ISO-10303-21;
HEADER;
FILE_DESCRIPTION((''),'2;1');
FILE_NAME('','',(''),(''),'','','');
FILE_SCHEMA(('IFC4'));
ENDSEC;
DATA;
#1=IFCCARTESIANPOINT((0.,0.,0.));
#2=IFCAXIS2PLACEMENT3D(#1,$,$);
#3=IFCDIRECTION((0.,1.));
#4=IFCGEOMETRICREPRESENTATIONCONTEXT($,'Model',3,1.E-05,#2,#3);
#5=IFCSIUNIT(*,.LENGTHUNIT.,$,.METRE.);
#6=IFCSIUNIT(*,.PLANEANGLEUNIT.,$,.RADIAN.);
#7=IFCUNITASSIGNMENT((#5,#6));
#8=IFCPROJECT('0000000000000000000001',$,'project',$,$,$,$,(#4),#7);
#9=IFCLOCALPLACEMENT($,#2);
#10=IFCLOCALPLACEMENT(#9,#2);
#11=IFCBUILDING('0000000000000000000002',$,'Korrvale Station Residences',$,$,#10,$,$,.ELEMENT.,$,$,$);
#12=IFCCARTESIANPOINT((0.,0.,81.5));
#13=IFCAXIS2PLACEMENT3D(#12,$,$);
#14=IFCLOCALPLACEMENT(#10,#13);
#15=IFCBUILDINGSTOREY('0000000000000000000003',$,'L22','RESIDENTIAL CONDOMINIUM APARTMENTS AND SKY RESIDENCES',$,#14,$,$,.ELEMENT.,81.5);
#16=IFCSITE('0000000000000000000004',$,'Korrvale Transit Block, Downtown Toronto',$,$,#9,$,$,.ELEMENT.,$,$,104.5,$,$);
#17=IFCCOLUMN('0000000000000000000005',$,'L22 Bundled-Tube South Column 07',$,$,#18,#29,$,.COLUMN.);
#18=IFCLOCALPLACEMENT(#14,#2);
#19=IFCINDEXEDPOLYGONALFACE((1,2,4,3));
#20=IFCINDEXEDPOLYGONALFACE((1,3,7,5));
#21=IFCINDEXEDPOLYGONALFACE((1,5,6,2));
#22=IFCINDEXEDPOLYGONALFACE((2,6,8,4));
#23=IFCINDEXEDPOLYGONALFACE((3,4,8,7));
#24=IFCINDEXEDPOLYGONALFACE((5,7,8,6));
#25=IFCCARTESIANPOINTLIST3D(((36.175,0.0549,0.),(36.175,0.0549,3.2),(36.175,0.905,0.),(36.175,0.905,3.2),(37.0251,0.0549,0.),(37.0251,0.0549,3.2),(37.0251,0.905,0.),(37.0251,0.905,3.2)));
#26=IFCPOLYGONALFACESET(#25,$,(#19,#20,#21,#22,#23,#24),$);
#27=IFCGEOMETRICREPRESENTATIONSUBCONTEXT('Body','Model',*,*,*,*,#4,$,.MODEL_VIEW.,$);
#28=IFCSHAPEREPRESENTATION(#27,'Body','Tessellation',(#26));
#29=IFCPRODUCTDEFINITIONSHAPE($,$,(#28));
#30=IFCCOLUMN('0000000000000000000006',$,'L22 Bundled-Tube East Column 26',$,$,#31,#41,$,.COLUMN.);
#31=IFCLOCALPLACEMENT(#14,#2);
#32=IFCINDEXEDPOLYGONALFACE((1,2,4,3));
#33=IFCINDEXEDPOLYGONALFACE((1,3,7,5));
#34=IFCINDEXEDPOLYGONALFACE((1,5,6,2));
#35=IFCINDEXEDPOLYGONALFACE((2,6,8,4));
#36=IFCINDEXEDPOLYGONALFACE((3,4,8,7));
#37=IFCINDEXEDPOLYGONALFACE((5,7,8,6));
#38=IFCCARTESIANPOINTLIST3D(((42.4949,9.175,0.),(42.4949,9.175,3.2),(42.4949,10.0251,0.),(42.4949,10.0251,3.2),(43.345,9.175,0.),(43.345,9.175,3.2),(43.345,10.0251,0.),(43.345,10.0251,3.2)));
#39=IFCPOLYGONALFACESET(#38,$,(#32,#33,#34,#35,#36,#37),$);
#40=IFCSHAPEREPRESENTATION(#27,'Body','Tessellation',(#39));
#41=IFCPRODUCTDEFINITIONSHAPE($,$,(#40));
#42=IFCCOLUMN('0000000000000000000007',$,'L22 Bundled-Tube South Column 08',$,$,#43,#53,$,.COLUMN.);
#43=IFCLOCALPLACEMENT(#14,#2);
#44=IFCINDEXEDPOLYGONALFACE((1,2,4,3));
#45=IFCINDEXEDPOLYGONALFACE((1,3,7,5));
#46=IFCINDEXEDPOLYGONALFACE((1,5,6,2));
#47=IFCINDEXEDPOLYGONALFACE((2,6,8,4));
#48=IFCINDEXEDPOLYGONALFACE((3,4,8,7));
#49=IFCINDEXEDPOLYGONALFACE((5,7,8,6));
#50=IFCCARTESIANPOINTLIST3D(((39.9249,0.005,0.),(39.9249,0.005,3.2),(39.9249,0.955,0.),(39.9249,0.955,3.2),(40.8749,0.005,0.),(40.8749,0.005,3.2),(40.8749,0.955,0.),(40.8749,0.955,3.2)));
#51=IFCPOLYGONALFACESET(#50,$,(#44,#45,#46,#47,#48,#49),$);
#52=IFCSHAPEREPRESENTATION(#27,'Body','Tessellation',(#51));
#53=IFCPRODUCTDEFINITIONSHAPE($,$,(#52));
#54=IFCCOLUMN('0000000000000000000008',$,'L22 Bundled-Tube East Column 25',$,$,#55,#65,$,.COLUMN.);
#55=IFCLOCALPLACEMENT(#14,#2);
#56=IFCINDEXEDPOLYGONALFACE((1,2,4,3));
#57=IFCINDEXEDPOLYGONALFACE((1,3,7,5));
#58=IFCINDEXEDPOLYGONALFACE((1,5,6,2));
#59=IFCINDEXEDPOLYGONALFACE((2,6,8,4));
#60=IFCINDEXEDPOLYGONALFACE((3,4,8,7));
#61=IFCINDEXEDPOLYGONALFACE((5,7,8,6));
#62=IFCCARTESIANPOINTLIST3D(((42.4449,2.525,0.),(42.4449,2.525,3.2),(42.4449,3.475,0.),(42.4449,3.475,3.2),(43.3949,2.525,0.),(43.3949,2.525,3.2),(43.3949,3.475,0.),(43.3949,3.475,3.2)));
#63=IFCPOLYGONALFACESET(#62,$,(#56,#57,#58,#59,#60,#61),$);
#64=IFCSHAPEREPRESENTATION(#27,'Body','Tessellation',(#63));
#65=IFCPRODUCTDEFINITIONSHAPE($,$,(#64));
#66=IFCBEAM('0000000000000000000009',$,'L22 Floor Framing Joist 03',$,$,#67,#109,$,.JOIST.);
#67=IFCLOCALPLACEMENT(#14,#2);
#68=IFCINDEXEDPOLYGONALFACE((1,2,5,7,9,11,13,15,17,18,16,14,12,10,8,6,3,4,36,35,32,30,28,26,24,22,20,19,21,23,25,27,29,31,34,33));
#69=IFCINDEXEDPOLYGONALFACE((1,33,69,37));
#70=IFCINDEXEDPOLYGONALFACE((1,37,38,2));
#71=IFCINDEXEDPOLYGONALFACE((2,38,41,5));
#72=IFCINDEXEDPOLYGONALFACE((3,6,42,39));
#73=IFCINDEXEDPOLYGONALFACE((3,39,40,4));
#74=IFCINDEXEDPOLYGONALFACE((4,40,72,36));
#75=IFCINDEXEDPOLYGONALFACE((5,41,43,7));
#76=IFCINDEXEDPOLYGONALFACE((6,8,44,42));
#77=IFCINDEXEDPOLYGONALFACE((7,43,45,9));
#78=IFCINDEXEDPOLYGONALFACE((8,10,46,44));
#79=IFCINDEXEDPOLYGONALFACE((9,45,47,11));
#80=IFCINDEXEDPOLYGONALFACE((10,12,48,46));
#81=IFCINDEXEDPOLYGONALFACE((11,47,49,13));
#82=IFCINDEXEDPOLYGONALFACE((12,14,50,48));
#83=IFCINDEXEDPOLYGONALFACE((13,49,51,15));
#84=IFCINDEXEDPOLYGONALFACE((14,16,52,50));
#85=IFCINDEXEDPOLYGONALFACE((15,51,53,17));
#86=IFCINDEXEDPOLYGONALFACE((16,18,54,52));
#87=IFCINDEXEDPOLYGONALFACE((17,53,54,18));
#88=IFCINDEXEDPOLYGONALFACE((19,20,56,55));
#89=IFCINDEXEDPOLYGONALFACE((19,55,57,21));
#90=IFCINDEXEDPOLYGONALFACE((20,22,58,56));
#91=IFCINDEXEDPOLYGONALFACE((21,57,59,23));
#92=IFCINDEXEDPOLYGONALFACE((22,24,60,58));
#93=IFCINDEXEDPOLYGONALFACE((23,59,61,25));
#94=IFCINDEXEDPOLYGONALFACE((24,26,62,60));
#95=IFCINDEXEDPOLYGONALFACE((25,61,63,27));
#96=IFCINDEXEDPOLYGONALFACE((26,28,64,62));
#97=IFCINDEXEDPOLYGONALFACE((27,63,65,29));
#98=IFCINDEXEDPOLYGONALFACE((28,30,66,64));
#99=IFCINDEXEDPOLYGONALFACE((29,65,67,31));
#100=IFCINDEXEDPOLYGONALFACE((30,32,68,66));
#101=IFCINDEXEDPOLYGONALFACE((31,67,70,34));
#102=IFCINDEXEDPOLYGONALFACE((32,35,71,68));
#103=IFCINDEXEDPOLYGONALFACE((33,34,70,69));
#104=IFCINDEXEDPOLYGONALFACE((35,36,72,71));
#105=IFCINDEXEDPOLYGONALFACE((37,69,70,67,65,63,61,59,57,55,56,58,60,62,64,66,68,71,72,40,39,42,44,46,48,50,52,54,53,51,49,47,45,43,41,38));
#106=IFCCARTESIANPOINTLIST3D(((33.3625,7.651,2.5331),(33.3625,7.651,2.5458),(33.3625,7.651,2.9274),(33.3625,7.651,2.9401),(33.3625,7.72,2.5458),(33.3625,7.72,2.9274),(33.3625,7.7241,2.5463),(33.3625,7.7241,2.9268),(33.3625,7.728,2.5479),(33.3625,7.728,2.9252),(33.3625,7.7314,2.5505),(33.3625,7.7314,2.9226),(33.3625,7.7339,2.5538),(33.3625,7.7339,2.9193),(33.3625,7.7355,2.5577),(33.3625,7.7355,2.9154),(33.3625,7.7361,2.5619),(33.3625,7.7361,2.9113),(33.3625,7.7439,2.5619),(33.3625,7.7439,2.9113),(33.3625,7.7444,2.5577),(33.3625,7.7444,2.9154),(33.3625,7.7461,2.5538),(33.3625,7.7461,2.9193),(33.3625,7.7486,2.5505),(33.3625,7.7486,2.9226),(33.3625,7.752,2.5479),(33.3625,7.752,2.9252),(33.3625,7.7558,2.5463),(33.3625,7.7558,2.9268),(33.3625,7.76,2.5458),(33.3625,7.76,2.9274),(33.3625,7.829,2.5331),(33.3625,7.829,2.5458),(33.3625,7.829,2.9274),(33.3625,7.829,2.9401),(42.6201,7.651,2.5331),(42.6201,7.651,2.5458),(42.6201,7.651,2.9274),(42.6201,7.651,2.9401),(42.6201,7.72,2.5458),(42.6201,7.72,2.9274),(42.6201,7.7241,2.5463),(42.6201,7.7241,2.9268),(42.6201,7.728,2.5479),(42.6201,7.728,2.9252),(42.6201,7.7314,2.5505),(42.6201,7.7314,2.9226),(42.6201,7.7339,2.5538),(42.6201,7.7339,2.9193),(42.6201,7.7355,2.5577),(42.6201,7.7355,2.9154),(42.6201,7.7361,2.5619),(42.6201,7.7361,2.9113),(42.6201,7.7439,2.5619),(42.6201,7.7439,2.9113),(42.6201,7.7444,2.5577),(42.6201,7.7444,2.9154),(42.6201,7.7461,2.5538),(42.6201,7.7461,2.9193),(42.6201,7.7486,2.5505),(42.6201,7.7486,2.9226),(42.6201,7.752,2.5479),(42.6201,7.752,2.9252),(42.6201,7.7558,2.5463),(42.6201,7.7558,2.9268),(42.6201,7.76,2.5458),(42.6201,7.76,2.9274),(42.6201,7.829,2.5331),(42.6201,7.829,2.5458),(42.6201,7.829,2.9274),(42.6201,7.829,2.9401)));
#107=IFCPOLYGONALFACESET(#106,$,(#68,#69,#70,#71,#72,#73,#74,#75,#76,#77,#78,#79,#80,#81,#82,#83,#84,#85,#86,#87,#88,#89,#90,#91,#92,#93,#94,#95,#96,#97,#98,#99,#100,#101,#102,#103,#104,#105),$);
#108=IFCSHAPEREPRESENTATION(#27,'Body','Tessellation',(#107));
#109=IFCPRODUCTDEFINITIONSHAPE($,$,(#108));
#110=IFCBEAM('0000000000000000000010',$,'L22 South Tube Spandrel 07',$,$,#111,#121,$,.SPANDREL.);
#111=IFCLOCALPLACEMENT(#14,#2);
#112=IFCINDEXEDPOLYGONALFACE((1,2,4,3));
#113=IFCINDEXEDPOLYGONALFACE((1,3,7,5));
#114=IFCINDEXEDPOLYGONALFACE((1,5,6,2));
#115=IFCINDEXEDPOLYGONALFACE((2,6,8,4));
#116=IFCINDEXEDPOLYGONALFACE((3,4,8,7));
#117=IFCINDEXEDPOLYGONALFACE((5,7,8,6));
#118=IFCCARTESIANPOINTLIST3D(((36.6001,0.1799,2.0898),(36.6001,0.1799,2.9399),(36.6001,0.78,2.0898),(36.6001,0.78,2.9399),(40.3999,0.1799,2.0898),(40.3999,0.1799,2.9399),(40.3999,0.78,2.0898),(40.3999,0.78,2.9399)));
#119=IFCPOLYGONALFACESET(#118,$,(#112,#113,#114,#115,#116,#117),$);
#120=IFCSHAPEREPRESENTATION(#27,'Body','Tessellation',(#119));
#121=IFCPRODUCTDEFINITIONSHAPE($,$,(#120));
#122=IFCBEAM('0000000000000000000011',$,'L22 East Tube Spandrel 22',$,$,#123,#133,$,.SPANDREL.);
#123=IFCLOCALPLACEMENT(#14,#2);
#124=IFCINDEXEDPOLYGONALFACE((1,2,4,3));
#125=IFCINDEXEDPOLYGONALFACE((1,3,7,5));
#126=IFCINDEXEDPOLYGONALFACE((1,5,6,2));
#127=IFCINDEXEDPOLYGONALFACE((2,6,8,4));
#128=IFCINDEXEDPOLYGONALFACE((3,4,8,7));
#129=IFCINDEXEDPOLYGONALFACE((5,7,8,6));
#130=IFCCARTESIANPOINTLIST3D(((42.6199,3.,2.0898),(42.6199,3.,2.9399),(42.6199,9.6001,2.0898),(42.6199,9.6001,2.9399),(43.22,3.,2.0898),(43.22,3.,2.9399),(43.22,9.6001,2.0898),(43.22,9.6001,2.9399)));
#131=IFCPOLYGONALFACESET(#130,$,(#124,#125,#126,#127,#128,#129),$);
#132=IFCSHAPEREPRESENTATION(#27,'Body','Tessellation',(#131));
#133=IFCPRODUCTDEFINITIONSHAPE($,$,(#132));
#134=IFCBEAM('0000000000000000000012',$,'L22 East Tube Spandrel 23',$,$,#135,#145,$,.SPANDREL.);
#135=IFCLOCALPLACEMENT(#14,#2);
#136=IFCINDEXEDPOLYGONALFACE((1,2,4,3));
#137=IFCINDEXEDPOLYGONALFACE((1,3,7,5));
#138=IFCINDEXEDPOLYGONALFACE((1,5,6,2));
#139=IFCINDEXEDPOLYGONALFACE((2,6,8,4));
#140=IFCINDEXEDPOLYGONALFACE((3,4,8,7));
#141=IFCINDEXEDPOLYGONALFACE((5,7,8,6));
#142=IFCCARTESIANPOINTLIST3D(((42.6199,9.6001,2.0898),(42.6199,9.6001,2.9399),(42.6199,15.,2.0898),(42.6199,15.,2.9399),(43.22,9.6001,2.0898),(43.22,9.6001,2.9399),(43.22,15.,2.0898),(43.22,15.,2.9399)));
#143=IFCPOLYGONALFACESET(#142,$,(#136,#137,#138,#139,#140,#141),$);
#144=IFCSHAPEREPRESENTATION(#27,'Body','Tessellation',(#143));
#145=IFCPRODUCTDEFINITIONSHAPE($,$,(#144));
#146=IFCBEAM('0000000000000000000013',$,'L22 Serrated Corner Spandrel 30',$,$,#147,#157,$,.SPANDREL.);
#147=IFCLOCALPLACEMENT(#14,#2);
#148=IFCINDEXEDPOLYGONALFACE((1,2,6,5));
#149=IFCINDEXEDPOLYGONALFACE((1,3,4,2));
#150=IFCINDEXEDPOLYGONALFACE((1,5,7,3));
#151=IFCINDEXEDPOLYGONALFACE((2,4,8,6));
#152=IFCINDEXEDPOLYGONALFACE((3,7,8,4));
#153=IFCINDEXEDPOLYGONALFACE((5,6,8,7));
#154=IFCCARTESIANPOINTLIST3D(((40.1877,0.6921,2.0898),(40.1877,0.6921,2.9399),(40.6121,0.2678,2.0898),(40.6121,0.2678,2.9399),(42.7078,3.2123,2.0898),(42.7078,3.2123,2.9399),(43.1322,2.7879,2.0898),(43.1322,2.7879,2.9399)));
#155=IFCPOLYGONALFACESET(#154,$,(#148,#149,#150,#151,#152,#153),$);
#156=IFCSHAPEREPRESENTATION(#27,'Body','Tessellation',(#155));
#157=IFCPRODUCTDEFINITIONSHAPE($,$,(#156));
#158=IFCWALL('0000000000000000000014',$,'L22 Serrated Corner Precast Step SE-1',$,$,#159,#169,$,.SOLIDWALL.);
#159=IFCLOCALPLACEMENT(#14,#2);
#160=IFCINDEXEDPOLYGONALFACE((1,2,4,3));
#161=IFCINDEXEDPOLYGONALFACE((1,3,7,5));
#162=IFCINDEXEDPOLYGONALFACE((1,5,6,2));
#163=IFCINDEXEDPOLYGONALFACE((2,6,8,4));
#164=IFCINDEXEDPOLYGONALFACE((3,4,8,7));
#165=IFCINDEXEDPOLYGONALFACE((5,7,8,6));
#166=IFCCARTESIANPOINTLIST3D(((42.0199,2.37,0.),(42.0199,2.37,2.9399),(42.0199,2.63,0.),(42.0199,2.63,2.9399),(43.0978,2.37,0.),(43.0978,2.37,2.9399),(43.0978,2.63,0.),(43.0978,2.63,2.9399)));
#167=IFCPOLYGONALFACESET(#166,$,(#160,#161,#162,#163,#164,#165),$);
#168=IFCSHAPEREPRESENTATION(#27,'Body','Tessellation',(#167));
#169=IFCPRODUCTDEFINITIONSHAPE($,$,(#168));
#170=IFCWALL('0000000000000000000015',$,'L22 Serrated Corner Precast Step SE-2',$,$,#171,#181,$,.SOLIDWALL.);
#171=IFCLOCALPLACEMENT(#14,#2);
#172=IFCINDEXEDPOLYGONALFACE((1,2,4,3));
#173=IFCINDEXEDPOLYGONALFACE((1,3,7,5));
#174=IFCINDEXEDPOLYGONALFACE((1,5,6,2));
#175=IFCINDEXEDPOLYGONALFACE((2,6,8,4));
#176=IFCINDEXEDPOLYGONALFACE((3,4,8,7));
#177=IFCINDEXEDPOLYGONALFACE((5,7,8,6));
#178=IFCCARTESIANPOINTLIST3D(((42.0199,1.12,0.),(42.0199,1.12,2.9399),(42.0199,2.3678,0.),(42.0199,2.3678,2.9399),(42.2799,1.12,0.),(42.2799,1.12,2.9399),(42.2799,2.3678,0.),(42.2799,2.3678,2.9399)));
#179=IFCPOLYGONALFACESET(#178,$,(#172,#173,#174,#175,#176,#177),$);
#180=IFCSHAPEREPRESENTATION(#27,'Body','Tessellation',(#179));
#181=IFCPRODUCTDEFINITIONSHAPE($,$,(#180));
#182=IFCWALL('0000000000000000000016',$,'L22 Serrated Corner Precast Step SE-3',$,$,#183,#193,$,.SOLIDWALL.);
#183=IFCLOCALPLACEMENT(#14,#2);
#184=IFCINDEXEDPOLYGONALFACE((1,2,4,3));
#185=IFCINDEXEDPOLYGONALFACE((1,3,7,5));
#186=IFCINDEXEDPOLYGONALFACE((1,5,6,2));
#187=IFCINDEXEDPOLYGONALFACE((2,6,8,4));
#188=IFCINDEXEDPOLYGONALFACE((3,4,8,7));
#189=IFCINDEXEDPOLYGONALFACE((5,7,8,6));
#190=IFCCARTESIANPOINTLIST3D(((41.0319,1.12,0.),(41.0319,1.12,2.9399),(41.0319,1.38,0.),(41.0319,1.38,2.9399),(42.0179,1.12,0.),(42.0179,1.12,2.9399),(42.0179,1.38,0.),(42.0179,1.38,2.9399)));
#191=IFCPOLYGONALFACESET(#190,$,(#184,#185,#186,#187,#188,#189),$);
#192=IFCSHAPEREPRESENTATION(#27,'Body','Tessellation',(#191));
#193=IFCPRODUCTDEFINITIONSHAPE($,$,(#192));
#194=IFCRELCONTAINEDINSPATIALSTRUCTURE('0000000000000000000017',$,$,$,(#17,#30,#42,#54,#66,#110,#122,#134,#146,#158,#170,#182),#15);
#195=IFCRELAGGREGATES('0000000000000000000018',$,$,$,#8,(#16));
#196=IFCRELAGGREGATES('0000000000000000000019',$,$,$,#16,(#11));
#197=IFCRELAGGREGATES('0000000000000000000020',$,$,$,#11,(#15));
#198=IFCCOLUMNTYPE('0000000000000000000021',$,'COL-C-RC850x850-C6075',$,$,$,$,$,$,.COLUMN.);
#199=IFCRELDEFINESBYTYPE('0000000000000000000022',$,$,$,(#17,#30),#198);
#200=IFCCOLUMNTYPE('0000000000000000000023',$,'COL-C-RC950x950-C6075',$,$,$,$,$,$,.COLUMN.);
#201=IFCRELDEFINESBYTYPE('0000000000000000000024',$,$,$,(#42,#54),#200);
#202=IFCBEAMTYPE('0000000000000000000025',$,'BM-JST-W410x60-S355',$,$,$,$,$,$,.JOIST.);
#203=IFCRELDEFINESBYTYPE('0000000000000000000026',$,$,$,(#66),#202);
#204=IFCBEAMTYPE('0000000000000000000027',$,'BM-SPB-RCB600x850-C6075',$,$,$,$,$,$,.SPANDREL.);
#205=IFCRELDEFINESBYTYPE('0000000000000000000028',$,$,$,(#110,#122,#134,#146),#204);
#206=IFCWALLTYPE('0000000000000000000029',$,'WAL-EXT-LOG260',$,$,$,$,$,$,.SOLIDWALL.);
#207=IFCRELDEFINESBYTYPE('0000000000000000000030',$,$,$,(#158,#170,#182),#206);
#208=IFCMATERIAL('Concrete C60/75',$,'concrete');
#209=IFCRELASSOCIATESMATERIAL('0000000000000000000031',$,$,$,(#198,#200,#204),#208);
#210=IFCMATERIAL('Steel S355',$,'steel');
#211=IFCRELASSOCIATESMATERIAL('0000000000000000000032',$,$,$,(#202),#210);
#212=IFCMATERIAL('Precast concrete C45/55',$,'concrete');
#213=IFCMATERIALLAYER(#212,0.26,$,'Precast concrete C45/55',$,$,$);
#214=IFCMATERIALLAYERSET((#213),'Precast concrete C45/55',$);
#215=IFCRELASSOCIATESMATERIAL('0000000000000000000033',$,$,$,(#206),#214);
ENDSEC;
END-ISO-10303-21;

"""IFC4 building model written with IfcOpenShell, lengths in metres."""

from ifc_helpers import new_model, si_unit, direction, frame, frame_2d, origin, origin_2d, place, context, subcontext, project, spatial, rectangle, i_section, extrude, material, layer, layer_set, material_profile, profile_set, type_object, element, save


model = new_model("IFC4")

# Units and contexts
model_context = context("Model", 3, precision=1e-05, world=origin(), true_north=direction((0.0, 1.0)))
body_context = subcontext(model_context, "Body", "Model", "MODEL_VIEW")
ifc_project = project(units=[si_unit("LENGTHUNIT", "METRE"), si_unit("PLANEANGLEUNIT", "RADIAN")], contexts=[model_context])

# Site, building, storey
site_placement = place(None, origin())
site = spatial("IfcSite", under=ifc_project, at=site_placement, Name="Korrvale Transit Block, Downtown Toronto", CompositionType="ELEMENT", RefElevation=104.5)
building_placement = place(site_placement, origin())
building = spatial("IfcBuilding", under=site, at=building_placement, Name="Korrvale Station Residences", CompositionType="ELEMENT")
storey_placement = place(building_placement, frame((0.0, 0.0, 81.5)))
storey = spatial("IfcBuildingStorey", under=building, at=storey_placement, Name="L22", Description="RESIDENTIAL CONDOMINIUM APARTMENTS AND SKY RESIDENCES", CompositionType="ELEMENT", Elevation=81.5)

# Columns
ifc_material_1 = material(Name="Concrete C60/75", Category="concrete")
ifc_material_profile_1 = material_profile(ifc_material_1, rectangle(XDim=0.8501, YDim=0.8501, at=origin_2d()), Name="RC850x850")
ifc_profile_set_1 = profile_set([ifc_material_profile_1], Name="Concrete C60/75")
column_type_1 = type_object("IfcColumnType", Name="COL-C-RC850x850-C6075", PredefinedType="COLUMN", material=ifc_profile_set_1)
for number, where, z_axis, x_axis, name in (
    (1, (36.6001, 0.48, 0.0), (0.0, 0.0, 1.0), (1.0, 0.0, 0.0), "L22 Bundled-Tube South Column 07"),
    (2, (42.9199, 9.6001, 0.0), (0.0, 0.0, 1.0), (1.0, 0.0, 0.0), "L22 Bundled-Tube East Column 26"),
):
    element("IfcColumn", number, at=place(storey_placement, frame(where, z_axis=z_axis, x_axis=x_axis)), inside=storey, type_object=column_type_1, Name=name, PredefinedType="COLUMN", context=body_context, shape_type="SweptSolid", body=[
        extrude(rectangle(XDim=0.8501, YDim=0.8501, at=origin_2d()), origin(), (0.0, 0.0, 1.0), 3.2),
    ])
ifc_material_profile_2 = material_profile(ifc_material_1, rectangle(XDim=0.95, YDim=0.95, at=origin_2d()), Name="RC950x950")
ifc_profile_set_2 = profile_set([ifc_material_profile_2], Name="Concrete C60/75")
column_type_2 = type_object("IfcColumnType", Name="COL-C-RC950x950-C6075", PredefinedType="COLUMN", material=ifc_profile_set_2)
for number, where, z_axis, x_axis, name in (
    (3, (40.3999, 0.48, 0.0), (0.0, 0.0, 1.0), (1.0, 0.0, 0.0), "L22 Bundled-Tube South Column 08"),
    (4, (42.9199, 3.0, 0.0), (0.0, 0.0, 1.0), (1.0, 0.0, 0.0), "L22 Bundled-Tube East Column 25"),
):
    element("IfcColumn", number, at=place(storey_placement, frame(where, z_axis=z_axis, x_axis=x_axis)), inside=storey, type_object=column_type_2, Name=name, PredefinedType="COLUMN", context=body_context, shape_type="SweptSolid", body=[
        extrude(rectangle(XDim=0.95, YDim=0.95, at=origin_2d()), origin(), (0.0, 0.0, 1.0), 3.2),
    ])

# Beams
ifc_material_2 = material(Name="Steel S355", Category="steel")
ifc_material_profile_3 = material_profile(ifc_material_2, i_section(OverallWidth=0.178, OverallDepth=0.407, WebThickness=0.0078, FlangeThickness=0.0127, FilletRadius=0.0161, at=origin_2d()), Name="W410x60")
ifc_profile_set_3 = profile_set([ifc_material_profile_3], Name="Steel S355")
beam_type_1 = type_object("IfcBeamType", Name="BM-JST-W410x60-S355", PredefinedType="JOIST", material=ifc_profile_set_3)
beam_1_placement = place(storey_placement, frame((33.3625, 7.74, 2.7366), z_axis=(1.0, 0.0, 0.0), x_axis=(0.0, 1.0, 0.0)))
element("IfcBeam", 5, at=beam_1_placement, inside=storey, type_object=beam_type_1, Name="L22 Floor Framing Joist 03", PredefinedType="JOIST", context=body_context, shape_type="SweptSolid", body=[
    extrude(i_section(OverallWidth=0.178, OverallDepth=0.407, WebThickness=0.0078, FlangeThickness=0.0127, FilletRadius=0.0161, at=origin_2d()), origin(), (0.0, 0.0, 1.0), 9.2576),
])
ifc_material_profile_4 = material_profile(ifc_material_1, rectangle(XDim=0.6001, YDim=0.8501, at=origin_2d()), Name="RCB600x850")
ifc_profile_set_4 = profile_set([ifc_material_profile_4], Name="Concrete C60/75")
beam_type_2 = type_object("IfcBeamType", Name="BM-SPB-RCB600x850-C6075", PredefinedType="SPANDREL", material=ifc_profile_set_4)
beam_2_placement = place(storey_placement, frame((36.6001, 0.48, 2.5149), z_axis=(1.0, 0.0, 0.0), x_axis=(0.0, 1.0, 0.0)))
element("IfcBeam", 6, at=beam_2_placement, inside=storey, type_object=beam_type_2, Name="L22 South Tube Spandrel 07", PredefinedType="SPANDREL", context=body_context, shape_type="SweptSolid", body=[
    extrude(rectangle(XDim=0.6001, YDim=0.8501, at=origin_2d()), origin(), (0.0, 0.0, 1.0), 3.7998),
])
beam_3_placement = place(storey_placement, frame((42.9199, 3.0, 2.5149), z_axis=(0.0, 1.0, 0.0), x_axis=(-1.0, 0.0, 0.0)))
element("IfcBeam", 7, at=beam_3_placement, inside=storey, type_object=beam_type_2, Name="L22 East Tube Spandrel 22", PredefinedType="SPANDREL", context=body_context, shape_type="SweptSolid", body=[
    extrude(rectangle(XDim=0.6001, YDim=0.8501, at=origin_2d()), origin(), (0.0, 0.0, 1.0), 6.6001),
])
beam_4_placement = place(storey_placement, frame((42.9199, 9.6001, 2.5149), z_axis=(0.0, 1.0, 0.0), x_axis=(-1.0, 0.0, 0.0)))
element("IfcBeam", 8, at=beam_4_placement, inside=storey, type_object=beam_type_2, Name="L22 East Tube Spandrel 23", PredefinedType="SPANDREL", context=body_context, shape_type="SweptSolid", body=[
    extrude(rectangle(XDim=0.6001, YDim=0.8501, at=origin_2d()), origin(), (0.0, 0.0, 1.0), 5.3999),
])
beam_5_placement = place(storey_placement, frame((40.3999, 0.48, 2.5149), z_axis=(0.707107, 0.707107, 0.0), x_axis=(-0.707107, 0.707107, 0.0)))
element("IfcBeam", 9, at=beam_5_placement, inside=storey, type_object=beam_type_2, Name="L22 Serrated Corner Spandrel 30", PredefinedType="SPANDREL", context=body_context, shape_type="SweptSolid", body=[
    extrude(rectangle(XDim=0.6001, YDim=0.8501, at=origin_2d()), origin(), (0.0, 0.0, 1.0), 3.564),
])

# Walls
ifc_material_3 = material(Name="Precast concrete C45/55", Category="concrete")
ifc_layer_1 = layer(ifc_material_3, 0.26, Name="Precast concrete C45/55")
ifc_layer_set_1 = layer_set([ifc_layer_1], Name="Precast concrete C45/55")
wall_type_1 = type_object("IfcWallType", Name="WAL-EXT-LOG260", PredefinedType="SOLIDWALL", material=ifc_layer_set_1)
wall_1_placement = place(storey_placement, frame((43.0979, 2.5, 0.0), z_axis=(0.0, 0.0, 1.0), x_axis=(-1.0, 0.0, 0.0)))
element("IfcWall", 10, at=wall_1_placement, inside=storey, type_object=wall_type_1, Name="L22 Serrated Corner Precast Step SE-1", PredefinedType="SOLIDWALL", context=body_context, shape_type="SweptSolid", body=[
    extrude(rectangle(XDim=1.0779, YDim=0.26, at=frame_2d((0.5391, 0.0))), origin(), (0.0, 0.0, 1.0), 2.9399),
])
wall_2_placement = place(storey_placement, frame((42.1499, 2.3679, 0.0), z_axis=(0.0, 0.0, 1.0), x_axis=(0.0, -1.0, 0.0)))
element("IfcWall", 11, at=wall_2_placement, inside=storey, type_object=wall_type_1, Name="L22 Serrated Corner Precast Step SE-2", PredefinedType="SOLIDWALL", context=body_context, shape_type="SweptSolid", body=[
    extrude(rectangle(XDim=1.2478, YDim=0.26, at=frame_2d((0.624, 0.0))), origin(), (0.0, 0.0, 1.0), 2.9399),
])
wall_3_placement = place(storey_placement, frame((42.0181, 1.25, 0.0), z_axis=(0.0, 0.0, 1.0), x_axis=(-1.0, 0.0, 0.0)))
element("IfcWall", 12, at=wall_3_placement, inside=storey, type_object=wall_type_1, Name="L22 Serrated Corner Precast Step SE-3", PredefinedType="SOLIDWALL", context=body_context, shape_type="SweptSolid", body=[
    extrude(rectangle(XDim=0.9861, YDim=0.26, at=frame_2d((0.4932, 0.0))), origin(), (0.0, 0.0, 1.0), 2.9399),
])

save(model, "model.ifc")
